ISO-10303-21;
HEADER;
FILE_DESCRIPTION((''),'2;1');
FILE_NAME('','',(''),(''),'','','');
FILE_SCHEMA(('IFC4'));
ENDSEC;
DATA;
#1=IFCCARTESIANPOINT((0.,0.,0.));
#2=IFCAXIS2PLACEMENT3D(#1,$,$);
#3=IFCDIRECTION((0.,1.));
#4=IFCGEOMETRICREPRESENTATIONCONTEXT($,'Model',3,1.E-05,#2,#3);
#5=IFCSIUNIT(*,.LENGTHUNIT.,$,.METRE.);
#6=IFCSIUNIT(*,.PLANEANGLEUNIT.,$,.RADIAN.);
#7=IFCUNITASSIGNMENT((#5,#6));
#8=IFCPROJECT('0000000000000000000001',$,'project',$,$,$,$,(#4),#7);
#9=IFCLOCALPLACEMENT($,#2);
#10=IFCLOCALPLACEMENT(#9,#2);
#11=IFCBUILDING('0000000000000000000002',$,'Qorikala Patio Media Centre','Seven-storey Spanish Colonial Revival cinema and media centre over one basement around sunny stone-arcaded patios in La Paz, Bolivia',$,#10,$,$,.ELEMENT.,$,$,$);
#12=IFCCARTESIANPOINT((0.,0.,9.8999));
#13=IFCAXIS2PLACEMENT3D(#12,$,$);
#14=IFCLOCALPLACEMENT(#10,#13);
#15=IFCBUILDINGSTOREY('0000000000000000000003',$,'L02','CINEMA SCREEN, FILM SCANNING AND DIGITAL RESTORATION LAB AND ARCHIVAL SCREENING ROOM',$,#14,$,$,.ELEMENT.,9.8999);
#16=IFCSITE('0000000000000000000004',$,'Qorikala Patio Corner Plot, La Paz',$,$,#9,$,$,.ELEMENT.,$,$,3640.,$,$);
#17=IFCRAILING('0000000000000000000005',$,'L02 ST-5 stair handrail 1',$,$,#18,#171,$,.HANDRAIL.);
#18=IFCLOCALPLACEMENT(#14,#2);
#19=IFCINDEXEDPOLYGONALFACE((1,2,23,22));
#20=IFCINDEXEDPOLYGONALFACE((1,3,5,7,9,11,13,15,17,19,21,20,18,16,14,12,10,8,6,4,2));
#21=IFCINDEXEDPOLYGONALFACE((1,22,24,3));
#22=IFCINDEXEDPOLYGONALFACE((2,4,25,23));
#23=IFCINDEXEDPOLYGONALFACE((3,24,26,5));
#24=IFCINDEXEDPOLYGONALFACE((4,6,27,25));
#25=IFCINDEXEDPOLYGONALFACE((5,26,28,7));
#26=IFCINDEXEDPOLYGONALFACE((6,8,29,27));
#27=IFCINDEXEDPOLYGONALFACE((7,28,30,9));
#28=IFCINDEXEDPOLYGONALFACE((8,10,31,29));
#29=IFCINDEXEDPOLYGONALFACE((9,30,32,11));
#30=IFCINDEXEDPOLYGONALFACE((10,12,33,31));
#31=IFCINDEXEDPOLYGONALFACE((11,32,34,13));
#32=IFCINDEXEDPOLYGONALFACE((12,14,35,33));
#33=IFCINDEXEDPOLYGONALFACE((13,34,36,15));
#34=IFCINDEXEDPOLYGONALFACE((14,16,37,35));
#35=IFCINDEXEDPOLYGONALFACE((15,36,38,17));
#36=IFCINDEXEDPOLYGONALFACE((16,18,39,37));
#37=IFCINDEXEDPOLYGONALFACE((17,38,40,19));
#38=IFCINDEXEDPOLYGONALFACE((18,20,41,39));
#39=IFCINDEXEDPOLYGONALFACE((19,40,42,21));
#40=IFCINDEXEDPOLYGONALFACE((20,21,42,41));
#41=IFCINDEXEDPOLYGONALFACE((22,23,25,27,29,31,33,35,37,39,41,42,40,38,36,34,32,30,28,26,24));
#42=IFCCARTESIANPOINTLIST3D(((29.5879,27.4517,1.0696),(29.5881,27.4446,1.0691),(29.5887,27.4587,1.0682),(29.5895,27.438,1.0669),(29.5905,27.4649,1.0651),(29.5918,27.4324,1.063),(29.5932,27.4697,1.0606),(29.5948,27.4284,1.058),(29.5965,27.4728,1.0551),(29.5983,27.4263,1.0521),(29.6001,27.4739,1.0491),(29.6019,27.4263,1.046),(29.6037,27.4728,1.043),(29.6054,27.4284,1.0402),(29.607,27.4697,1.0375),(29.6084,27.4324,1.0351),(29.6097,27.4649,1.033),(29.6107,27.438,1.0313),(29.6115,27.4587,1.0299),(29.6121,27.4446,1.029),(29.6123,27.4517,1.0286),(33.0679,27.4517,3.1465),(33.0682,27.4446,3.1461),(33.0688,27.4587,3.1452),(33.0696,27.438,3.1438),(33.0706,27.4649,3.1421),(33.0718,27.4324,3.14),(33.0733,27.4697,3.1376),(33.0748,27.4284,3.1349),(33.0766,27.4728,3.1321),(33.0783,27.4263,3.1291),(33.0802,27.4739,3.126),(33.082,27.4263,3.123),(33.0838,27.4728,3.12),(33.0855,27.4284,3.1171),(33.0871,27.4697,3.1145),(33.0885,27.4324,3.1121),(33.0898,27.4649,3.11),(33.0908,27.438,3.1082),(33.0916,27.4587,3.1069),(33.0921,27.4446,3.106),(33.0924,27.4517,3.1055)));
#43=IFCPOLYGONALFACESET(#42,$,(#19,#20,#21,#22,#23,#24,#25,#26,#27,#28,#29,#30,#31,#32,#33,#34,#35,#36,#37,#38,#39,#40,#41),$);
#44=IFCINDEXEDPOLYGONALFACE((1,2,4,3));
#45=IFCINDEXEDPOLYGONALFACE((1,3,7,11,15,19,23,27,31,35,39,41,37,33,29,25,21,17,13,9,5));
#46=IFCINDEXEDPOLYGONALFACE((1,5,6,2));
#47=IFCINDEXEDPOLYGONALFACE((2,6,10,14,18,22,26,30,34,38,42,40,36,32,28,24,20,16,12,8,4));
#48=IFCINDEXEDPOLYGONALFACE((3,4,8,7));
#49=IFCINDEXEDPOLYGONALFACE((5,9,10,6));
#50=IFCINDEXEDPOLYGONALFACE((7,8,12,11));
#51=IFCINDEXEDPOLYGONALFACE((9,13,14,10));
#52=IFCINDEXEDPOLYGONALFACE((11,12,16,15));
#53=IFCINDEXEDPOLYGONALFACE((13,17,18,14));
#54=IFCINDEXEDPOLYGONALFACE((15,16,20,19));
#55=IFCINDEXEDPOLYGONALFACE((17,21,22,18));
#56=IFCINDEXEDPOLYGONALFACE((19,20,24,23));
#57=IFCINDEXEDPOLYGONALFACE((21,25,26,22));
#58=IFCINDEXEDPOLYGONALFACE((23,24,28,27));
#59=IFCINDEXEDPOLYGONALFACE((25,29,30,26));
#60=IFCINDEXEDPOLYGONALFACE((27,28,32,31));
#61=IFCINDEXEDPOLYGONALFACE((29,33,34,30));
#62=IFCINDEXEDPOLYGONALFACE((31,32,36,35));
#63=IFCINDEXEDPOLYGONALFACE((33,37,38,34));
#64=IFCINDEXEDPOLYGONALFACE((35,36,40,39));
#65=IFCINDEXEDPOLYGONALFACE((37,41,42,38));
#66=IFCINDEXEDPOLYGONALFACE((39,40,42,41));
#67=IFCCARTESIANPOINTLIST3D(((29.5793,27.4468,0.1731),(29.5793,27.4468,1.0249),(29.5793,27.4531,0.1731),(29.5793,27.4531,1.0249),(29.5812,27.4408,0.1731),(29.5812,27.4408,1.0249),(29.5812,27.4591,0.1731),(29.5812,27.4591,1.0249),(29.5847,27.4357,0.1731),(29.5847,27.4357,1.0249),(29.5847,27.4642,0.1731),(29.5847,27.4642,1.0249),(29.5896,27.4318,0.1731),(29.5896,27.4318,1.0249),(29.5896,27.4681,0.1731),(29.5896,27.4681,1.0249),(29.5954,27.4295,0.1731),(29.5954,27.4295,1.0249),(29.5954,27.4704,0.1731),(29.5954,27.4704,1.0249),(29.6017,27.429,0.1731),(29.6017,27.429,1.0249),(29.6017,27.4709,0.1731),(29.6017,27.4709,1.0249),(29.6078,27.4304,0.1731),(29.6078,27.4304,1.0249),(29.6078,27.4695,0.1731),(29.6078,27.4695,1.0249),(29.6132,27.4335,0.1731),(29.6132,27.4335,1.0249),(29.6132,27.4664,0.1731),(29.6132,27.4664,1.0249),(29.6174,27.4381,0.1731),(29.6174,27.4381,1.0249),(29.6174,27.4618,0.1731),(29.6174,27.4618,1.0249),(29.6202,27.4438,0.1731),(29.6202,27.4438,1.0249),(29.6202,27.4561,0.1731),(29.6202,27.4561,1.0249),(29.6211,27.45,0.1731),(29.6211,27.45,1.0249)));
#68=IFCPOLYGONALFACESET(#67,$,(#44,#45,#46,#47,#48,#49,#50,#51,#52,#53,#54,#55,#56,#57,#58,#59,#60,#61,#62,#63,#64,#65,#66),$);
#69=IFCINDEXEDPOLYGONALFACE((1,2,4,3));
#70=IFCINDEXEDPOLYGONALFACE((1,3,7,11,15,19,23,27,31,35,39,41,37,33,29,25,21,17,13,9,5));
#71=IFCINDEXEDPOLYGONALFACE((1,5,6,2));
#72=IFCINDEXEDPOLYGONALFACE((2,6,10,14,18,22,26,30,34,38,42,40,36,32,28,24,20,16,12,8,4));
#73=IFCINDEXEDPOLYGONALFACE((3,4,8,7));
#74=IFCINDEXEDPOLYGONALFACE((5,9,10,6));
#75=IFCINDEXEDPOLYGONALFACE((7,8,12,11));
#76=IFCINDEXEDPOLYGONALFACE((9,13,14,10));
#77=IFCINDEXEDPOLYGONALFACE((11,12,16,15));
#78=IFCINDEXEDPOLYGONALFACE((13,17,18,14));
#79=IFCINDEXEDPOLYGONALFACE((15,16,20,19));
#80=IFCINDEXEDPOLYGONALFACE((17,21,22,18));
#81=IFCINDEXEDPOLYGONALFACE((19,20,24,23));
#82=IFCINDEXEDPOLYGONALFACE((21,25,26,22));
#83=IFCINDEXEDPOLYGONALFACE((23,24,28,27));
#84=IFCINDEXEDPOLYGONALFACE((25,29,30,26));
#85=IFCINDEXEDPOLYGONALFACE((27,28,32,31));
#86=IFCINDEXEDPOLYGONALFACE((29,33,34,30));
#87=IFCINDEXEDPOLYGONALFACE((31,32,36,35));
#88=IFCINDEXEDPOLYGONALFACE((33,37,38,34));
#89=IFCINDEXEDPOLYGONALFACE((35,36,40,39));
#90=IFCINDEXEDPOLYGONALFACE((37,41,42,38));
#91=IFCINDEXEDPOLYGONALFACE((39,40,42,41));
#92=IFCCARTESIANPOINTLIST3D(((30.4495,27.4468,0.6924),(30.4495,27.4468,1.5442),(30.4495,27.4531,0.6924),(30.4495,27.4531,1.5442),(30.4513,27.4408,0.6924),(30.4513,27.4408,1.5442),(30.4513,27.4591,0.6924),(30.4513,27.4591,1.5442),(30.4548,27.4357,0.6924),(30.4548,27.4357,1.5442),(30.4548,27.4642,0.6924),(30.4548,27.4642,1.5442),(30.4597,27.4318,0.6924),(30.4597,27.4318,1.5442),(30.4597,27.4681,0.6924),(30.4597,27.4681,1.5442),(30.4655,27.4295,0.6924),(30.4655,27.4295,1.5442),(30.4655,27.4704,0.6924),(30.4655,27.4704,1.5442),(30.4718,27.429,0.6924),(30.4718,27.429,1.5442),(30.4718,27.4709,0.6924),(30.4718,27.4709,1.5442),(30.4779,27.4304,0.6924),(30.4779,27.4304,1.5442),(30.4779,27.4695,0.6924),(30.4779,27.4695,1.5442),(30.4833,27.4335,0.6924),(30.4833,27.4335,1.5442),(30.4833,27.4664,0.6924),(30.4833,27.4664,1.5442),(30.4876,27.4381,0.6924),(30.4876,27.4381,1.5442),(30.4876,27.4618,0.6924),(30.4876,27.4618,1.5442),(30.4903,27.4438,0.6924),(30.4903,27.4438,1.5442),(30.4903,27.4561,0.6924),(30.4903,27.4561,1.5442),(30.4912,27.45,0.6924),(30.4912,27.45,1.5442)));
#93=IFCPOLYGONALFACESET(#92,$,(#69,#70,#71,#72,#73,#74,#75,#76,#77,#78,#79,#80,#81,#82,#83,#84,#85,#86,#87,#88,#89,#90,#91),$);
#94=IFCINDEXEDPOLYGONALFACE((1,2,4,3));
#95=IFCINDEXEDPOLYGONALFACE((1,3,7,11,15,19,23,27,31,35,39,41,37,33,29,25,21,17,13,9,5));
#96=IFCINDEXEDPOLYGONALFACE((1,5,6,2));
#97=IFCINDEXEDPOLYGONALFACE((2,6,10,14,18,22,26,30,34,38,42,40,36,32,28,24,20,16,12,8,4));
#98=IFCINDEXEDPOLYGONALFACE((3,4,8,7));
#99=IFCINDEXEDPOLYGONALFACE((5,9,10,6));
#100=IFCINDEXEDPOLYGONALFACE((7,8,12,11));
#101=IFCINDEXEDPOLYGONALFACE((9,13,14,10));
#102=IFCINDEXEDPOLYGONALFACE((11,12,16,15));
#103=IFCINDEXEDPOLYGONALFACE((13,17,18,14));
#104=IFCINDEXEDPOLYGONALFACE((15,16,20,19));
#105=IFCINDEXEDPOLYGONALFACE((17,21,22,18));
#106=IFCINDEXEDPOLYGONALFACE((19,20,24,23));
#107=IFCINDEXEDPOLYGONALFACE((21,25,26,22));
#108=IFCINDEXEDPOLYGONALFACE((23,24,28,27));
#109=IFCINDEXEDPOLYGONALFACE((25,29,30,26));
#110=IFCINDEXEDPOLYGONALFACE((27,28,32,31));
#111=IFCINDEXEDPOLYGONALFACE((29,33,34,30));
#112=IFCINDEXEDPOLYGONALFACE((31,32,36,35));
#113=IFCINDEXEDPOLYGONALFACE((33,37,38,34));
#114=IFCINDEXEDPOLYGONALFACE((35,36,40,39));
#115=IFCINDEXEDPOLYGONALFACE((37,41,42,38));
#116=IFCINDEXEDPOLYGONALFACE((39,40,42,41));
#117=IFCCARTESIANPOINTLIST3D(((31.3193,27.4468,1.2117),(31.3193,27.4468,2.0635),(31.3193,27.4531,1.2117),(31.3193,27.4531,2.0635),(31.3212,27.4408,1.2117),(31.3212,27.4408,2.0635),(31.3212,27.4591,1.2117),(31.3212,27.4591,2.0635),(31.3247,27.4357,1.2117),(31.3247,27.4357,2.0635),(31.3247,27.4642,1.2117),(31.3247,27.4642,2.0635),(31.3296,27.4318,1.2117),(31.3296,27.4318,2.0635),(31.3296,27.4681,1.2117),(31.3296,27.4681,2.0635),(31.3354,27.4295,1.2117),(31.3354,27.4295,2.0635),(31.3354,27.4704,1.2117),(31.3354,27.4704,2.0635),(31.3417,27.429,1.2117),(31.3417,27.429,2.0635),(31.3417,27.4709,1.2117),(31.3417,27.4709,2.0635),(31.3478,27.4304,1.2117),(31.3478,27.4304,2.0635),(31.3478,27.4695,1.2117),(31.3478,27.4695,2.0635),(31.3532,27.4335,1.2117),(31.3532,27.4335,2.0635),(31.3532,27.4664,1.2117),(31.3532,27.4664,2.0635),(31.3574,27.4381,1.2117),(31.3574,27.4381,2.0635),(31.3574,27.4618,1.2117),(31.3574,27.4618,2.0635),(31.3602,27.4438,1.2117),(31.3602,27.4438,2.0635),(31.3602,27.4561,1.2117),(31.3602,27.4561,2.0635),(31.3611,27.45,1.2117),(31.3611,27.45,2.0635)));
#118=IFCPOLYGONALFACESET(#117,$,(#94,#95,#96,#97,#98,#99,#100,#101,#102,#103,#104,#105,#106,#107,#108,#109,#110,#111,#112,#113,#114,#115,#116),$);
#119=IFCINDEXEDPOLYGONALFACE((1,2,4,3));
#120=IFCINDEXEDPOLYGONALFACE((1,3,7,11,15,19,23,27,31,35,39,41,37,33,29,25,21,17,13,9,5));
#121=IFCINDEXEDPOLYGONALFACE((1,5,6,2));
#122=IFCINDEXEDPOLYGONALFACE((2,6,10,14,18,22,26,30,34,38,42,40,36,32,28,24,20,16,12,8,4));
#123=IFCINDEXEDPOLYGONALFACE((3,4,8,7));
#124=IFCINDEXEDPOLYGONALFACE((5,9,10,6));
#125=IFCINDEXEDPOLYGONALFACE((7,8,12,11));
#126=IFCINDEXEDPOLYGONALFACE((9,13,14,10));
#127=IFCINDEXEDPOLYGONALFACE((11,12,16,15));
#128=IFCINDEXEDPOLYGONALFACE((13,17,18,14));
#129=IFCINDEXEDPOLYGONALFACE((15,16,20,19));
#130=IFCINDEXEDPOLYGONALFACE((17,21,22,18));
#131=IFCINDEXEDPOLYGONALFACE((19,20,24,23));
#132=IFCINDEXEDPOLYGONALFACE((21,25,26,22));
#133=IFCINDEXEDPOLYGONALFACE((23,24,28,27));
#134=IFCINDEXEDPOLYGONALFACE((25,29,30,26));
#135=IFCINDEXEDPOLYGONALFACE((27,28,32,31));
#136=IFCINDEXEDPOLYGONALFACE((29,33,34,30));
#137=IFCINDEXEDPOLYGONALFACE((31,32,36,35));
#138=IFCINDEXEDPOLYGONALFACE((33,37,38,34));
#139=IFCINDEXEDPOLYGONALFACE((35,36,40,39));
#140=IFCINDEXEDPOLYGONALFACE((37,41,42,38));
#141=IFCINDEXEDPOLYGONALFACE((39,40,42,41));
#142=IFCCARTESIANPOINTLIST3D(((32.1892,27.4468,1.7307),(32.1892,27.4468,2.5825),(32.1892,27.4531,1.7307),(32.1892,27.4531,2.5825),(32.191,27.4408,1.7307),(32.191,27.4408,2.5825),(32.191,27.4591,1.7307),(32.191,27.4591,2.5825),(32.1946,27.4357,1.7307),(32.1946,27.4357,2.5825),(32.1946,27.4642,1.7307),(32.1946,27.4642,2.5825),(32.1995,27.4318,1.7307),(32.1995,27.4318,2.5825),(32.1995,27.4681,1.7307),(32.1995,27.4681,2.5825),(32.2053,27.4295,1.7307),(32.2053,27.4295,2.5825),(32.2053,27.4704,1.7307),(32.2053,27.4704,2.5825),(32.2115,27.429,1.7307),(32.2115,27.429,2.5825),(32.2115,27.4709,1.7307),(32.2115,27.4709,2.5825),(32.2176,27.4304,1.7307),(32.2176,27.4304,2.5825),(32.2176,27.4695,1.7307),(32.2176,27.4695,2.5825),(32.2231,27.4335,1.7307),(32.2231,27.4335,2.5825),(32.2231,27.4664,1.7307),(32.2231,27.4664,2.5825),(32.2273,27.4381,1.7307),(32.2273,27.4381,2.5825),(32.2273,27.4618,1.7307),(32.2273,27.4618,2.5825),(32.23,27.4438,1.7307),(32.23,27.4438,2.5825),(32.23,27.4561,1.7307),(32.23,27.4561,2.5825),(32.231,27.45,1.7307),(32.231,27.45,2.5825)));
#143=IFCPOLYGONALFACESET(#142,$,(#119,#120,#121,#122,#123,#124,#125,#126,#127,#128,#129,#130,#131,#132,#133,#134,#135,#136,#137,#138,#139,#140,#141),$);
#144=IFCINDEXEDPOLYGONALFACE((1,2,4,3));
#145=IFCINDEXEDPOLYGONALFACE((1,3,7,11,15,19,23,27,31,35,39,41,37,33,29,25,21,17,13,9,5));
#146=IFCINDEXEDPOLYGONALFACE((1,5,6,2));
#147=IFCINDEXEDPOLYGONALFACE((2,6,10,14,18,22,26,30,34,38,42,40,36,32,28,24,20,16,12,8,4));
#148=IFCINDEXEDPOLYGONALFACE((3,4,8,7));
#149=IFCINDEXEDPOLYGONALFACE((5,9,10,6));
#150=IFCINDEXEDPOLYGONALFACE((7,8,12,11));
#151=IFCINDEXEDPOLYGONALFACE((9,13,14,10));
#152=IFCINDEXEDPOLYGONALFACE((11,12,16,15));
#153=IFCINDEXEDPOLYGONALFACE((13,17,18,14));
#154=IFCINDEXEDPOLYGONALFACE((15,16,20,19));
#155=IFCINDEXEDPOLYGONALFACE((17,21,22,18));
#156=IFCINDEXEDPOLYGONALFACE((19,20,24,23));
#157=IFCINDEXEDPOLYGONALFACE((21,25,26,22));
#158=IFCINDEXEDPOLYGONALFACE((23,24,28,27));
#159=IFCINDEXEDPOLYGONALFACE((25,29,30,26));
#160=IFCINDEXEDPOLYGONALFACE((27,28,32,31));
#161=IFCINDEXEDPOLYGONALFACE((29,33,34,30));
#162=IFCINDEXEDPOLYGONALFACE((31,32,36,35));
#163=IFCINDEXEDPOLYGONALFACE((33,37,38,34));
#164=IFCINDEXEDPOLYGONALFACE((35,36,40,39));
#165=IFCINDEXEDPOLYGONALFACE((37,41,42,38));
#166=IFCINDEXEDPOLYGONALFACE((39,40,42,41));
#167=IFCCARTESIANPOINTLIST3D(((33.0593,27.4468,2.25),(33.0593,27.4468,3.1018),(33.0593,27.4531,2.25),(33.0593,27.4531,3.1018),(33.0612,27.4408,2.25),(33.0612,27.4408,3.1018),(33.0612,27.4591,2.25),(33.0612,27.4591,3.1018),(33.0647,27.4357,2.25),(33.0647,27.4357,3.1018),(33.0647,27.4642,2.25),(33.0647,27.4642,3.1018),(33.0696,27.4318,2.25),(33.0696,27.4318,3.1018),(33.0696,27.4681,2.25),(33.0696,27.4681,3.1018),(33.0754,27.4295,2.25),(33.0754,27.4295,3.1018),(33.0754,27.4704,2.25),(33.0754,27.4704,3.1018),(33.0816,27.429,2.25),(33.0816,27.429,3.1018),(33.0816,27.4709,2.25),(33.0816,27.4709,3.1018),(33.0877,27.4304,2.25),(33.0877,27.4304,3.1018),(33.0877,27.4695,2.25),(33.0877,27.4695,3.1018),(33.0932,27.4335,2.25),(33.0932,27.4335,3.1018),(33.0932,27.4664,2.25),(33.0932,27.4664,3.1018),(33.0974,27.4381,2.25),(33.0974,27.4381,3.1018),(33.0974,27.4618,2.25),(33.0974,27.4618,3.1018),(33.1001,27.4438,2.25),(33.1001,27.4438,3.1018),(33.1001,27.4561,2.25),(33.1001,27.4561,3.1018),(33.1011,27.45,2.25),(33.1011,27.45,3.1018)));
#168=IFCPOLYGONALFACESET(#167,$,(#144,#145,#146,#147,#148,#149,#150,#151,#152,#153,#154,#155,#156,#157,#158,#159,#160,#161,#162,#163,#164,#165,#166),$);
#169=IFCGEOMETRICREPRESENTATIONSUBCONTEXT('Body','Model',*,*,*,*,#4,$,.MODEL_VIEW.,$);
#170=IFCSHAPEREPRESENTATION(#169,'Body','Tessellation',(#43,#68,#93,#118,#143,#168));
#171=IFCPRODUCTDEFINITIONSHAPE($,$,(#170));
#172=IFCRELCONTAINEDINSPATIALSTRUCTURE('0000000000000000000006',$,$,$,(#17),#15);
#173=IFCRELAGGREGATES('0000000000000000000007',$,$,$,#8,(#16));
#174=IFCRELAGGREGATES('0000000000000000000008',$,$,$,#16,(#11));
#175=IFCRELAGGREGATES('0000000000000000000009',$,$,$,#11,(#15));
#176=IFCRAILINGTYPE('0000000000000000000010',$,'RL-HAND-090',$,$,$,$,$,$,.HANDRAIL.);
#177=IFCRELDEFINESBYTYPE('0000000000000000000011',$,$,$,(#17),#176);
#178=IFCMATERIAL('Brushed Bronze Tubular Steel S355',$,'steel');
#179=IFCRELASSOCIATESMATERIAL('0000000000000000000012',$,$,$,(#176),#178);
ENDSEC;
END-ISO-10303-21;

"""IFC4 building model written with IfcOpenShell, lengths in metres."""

from ifc_helpers import new_model, si_unit, direction, frame, origin, origin_2d, place, context, subcontext, project, spatial, circle, extrude, material, type_object, element, save


model = new_model("IFC4")

# Units and contexts
model_context = context("Model", 3, precision=1e-05, world=origin(), true_north=direction((0.0, 1.0)))
body_context = subcontext(model_context, "Body", "Model", "MODEL_VIEW")
ifc_project = project(units=[si_unit("LENGTHUNIT", "METRE"), si_unit("PLANEANGLEUNIT", "RADIAN")], contexts=[model_context])

# Site, building, storey
site_placement = place(None, origin())
site = spatial("IfcSite", under=ifc_project, at=site_placement, Name="Qorikala Patio Corner Plot, La Paz", CompositionType="ELEMENT", RefElevation=3640.0)
building_placement = place(site_placement, origin())
building = spatial("IfcBuilding", under=site, at=building_placement, Name="Qorikala Patio Media Centre", Description="Seven-storey Spanish Colonial Revival cinema and media centre over one basement around sunny stone-arcaded patios in La Paz, Bolivia", CompositionType="ELEMENT")
storey_placement = place(building_placement, frame((0.0, 0.0, 9.8999)))
storey = spatial("IfcBuildingStorey", under=building, at=storey_placement, Name="L02", Description="CINEMA SCREEN, FILM SCANNING AND DIGITAL RESTORATION LAB AND ARCHIVAL SCREENING ROOM", CompositionType="ELEMENT", Elevation=9.8999)

# Railing
ifc_material_1 = material(Name="Brushed Bronze Tubular Steel S355", Category="steel")
railing_type_1 = type_object("IfcRailingType", Name="RL-HAND-090", PredefinedType="HANDRAIL", material=ifc_material_1)
railing_1_placement = place(storey_placement, frame((29.6001, 27.45, 0.1731)))
element("IfcRailing", 1, at=railing_1_placement, inside=storey, type_object=railing_type_1, Name="L02 ST-5 stair handrail 1", PredefinedType="HANDRAIL", context=body_context, shape_type="SweptSolid", body=[
    extrude(circle(Radius=0.0239, at=origin_2d()), frame((0.0, 0.0, 0.876), z_axis=(0.858697, 0.0, 0.512483), x_axis=(0.0, 1.0, 0.0)), (0.0, 0.0, 1.0), 4.0527),
    extrude(circle(Radius=0.021, at=origin_2d()), origin(), (0.0, 0.0, 1.0), 0.8518),
    extrude(circle(Radius=0.021, at=origin_2d()), frame((0.8701, 0.0, 0.5193)), (0.0, 0.0, 1.0), 0.8518),
    extrude(circle(Radius=0.021, at=origin_2d()), frame((1.74, 0.0, 1.0386)), (0.0, 0.0, 1.0), 0.8518),
    extrude(circle(Radius=0.021, at=origin_2d()), frame((2.6099, 0.0, 1.5576)), (0.0, 0.0, 1.0), 0.8518),
    extrude(circle(Radius=0.021, at=origin_2d()), frame((3.48, 0.0, 2.0769)), (0.0, 0.0, 1.0), 0.8518),
])

save(model, "model.ifc")
